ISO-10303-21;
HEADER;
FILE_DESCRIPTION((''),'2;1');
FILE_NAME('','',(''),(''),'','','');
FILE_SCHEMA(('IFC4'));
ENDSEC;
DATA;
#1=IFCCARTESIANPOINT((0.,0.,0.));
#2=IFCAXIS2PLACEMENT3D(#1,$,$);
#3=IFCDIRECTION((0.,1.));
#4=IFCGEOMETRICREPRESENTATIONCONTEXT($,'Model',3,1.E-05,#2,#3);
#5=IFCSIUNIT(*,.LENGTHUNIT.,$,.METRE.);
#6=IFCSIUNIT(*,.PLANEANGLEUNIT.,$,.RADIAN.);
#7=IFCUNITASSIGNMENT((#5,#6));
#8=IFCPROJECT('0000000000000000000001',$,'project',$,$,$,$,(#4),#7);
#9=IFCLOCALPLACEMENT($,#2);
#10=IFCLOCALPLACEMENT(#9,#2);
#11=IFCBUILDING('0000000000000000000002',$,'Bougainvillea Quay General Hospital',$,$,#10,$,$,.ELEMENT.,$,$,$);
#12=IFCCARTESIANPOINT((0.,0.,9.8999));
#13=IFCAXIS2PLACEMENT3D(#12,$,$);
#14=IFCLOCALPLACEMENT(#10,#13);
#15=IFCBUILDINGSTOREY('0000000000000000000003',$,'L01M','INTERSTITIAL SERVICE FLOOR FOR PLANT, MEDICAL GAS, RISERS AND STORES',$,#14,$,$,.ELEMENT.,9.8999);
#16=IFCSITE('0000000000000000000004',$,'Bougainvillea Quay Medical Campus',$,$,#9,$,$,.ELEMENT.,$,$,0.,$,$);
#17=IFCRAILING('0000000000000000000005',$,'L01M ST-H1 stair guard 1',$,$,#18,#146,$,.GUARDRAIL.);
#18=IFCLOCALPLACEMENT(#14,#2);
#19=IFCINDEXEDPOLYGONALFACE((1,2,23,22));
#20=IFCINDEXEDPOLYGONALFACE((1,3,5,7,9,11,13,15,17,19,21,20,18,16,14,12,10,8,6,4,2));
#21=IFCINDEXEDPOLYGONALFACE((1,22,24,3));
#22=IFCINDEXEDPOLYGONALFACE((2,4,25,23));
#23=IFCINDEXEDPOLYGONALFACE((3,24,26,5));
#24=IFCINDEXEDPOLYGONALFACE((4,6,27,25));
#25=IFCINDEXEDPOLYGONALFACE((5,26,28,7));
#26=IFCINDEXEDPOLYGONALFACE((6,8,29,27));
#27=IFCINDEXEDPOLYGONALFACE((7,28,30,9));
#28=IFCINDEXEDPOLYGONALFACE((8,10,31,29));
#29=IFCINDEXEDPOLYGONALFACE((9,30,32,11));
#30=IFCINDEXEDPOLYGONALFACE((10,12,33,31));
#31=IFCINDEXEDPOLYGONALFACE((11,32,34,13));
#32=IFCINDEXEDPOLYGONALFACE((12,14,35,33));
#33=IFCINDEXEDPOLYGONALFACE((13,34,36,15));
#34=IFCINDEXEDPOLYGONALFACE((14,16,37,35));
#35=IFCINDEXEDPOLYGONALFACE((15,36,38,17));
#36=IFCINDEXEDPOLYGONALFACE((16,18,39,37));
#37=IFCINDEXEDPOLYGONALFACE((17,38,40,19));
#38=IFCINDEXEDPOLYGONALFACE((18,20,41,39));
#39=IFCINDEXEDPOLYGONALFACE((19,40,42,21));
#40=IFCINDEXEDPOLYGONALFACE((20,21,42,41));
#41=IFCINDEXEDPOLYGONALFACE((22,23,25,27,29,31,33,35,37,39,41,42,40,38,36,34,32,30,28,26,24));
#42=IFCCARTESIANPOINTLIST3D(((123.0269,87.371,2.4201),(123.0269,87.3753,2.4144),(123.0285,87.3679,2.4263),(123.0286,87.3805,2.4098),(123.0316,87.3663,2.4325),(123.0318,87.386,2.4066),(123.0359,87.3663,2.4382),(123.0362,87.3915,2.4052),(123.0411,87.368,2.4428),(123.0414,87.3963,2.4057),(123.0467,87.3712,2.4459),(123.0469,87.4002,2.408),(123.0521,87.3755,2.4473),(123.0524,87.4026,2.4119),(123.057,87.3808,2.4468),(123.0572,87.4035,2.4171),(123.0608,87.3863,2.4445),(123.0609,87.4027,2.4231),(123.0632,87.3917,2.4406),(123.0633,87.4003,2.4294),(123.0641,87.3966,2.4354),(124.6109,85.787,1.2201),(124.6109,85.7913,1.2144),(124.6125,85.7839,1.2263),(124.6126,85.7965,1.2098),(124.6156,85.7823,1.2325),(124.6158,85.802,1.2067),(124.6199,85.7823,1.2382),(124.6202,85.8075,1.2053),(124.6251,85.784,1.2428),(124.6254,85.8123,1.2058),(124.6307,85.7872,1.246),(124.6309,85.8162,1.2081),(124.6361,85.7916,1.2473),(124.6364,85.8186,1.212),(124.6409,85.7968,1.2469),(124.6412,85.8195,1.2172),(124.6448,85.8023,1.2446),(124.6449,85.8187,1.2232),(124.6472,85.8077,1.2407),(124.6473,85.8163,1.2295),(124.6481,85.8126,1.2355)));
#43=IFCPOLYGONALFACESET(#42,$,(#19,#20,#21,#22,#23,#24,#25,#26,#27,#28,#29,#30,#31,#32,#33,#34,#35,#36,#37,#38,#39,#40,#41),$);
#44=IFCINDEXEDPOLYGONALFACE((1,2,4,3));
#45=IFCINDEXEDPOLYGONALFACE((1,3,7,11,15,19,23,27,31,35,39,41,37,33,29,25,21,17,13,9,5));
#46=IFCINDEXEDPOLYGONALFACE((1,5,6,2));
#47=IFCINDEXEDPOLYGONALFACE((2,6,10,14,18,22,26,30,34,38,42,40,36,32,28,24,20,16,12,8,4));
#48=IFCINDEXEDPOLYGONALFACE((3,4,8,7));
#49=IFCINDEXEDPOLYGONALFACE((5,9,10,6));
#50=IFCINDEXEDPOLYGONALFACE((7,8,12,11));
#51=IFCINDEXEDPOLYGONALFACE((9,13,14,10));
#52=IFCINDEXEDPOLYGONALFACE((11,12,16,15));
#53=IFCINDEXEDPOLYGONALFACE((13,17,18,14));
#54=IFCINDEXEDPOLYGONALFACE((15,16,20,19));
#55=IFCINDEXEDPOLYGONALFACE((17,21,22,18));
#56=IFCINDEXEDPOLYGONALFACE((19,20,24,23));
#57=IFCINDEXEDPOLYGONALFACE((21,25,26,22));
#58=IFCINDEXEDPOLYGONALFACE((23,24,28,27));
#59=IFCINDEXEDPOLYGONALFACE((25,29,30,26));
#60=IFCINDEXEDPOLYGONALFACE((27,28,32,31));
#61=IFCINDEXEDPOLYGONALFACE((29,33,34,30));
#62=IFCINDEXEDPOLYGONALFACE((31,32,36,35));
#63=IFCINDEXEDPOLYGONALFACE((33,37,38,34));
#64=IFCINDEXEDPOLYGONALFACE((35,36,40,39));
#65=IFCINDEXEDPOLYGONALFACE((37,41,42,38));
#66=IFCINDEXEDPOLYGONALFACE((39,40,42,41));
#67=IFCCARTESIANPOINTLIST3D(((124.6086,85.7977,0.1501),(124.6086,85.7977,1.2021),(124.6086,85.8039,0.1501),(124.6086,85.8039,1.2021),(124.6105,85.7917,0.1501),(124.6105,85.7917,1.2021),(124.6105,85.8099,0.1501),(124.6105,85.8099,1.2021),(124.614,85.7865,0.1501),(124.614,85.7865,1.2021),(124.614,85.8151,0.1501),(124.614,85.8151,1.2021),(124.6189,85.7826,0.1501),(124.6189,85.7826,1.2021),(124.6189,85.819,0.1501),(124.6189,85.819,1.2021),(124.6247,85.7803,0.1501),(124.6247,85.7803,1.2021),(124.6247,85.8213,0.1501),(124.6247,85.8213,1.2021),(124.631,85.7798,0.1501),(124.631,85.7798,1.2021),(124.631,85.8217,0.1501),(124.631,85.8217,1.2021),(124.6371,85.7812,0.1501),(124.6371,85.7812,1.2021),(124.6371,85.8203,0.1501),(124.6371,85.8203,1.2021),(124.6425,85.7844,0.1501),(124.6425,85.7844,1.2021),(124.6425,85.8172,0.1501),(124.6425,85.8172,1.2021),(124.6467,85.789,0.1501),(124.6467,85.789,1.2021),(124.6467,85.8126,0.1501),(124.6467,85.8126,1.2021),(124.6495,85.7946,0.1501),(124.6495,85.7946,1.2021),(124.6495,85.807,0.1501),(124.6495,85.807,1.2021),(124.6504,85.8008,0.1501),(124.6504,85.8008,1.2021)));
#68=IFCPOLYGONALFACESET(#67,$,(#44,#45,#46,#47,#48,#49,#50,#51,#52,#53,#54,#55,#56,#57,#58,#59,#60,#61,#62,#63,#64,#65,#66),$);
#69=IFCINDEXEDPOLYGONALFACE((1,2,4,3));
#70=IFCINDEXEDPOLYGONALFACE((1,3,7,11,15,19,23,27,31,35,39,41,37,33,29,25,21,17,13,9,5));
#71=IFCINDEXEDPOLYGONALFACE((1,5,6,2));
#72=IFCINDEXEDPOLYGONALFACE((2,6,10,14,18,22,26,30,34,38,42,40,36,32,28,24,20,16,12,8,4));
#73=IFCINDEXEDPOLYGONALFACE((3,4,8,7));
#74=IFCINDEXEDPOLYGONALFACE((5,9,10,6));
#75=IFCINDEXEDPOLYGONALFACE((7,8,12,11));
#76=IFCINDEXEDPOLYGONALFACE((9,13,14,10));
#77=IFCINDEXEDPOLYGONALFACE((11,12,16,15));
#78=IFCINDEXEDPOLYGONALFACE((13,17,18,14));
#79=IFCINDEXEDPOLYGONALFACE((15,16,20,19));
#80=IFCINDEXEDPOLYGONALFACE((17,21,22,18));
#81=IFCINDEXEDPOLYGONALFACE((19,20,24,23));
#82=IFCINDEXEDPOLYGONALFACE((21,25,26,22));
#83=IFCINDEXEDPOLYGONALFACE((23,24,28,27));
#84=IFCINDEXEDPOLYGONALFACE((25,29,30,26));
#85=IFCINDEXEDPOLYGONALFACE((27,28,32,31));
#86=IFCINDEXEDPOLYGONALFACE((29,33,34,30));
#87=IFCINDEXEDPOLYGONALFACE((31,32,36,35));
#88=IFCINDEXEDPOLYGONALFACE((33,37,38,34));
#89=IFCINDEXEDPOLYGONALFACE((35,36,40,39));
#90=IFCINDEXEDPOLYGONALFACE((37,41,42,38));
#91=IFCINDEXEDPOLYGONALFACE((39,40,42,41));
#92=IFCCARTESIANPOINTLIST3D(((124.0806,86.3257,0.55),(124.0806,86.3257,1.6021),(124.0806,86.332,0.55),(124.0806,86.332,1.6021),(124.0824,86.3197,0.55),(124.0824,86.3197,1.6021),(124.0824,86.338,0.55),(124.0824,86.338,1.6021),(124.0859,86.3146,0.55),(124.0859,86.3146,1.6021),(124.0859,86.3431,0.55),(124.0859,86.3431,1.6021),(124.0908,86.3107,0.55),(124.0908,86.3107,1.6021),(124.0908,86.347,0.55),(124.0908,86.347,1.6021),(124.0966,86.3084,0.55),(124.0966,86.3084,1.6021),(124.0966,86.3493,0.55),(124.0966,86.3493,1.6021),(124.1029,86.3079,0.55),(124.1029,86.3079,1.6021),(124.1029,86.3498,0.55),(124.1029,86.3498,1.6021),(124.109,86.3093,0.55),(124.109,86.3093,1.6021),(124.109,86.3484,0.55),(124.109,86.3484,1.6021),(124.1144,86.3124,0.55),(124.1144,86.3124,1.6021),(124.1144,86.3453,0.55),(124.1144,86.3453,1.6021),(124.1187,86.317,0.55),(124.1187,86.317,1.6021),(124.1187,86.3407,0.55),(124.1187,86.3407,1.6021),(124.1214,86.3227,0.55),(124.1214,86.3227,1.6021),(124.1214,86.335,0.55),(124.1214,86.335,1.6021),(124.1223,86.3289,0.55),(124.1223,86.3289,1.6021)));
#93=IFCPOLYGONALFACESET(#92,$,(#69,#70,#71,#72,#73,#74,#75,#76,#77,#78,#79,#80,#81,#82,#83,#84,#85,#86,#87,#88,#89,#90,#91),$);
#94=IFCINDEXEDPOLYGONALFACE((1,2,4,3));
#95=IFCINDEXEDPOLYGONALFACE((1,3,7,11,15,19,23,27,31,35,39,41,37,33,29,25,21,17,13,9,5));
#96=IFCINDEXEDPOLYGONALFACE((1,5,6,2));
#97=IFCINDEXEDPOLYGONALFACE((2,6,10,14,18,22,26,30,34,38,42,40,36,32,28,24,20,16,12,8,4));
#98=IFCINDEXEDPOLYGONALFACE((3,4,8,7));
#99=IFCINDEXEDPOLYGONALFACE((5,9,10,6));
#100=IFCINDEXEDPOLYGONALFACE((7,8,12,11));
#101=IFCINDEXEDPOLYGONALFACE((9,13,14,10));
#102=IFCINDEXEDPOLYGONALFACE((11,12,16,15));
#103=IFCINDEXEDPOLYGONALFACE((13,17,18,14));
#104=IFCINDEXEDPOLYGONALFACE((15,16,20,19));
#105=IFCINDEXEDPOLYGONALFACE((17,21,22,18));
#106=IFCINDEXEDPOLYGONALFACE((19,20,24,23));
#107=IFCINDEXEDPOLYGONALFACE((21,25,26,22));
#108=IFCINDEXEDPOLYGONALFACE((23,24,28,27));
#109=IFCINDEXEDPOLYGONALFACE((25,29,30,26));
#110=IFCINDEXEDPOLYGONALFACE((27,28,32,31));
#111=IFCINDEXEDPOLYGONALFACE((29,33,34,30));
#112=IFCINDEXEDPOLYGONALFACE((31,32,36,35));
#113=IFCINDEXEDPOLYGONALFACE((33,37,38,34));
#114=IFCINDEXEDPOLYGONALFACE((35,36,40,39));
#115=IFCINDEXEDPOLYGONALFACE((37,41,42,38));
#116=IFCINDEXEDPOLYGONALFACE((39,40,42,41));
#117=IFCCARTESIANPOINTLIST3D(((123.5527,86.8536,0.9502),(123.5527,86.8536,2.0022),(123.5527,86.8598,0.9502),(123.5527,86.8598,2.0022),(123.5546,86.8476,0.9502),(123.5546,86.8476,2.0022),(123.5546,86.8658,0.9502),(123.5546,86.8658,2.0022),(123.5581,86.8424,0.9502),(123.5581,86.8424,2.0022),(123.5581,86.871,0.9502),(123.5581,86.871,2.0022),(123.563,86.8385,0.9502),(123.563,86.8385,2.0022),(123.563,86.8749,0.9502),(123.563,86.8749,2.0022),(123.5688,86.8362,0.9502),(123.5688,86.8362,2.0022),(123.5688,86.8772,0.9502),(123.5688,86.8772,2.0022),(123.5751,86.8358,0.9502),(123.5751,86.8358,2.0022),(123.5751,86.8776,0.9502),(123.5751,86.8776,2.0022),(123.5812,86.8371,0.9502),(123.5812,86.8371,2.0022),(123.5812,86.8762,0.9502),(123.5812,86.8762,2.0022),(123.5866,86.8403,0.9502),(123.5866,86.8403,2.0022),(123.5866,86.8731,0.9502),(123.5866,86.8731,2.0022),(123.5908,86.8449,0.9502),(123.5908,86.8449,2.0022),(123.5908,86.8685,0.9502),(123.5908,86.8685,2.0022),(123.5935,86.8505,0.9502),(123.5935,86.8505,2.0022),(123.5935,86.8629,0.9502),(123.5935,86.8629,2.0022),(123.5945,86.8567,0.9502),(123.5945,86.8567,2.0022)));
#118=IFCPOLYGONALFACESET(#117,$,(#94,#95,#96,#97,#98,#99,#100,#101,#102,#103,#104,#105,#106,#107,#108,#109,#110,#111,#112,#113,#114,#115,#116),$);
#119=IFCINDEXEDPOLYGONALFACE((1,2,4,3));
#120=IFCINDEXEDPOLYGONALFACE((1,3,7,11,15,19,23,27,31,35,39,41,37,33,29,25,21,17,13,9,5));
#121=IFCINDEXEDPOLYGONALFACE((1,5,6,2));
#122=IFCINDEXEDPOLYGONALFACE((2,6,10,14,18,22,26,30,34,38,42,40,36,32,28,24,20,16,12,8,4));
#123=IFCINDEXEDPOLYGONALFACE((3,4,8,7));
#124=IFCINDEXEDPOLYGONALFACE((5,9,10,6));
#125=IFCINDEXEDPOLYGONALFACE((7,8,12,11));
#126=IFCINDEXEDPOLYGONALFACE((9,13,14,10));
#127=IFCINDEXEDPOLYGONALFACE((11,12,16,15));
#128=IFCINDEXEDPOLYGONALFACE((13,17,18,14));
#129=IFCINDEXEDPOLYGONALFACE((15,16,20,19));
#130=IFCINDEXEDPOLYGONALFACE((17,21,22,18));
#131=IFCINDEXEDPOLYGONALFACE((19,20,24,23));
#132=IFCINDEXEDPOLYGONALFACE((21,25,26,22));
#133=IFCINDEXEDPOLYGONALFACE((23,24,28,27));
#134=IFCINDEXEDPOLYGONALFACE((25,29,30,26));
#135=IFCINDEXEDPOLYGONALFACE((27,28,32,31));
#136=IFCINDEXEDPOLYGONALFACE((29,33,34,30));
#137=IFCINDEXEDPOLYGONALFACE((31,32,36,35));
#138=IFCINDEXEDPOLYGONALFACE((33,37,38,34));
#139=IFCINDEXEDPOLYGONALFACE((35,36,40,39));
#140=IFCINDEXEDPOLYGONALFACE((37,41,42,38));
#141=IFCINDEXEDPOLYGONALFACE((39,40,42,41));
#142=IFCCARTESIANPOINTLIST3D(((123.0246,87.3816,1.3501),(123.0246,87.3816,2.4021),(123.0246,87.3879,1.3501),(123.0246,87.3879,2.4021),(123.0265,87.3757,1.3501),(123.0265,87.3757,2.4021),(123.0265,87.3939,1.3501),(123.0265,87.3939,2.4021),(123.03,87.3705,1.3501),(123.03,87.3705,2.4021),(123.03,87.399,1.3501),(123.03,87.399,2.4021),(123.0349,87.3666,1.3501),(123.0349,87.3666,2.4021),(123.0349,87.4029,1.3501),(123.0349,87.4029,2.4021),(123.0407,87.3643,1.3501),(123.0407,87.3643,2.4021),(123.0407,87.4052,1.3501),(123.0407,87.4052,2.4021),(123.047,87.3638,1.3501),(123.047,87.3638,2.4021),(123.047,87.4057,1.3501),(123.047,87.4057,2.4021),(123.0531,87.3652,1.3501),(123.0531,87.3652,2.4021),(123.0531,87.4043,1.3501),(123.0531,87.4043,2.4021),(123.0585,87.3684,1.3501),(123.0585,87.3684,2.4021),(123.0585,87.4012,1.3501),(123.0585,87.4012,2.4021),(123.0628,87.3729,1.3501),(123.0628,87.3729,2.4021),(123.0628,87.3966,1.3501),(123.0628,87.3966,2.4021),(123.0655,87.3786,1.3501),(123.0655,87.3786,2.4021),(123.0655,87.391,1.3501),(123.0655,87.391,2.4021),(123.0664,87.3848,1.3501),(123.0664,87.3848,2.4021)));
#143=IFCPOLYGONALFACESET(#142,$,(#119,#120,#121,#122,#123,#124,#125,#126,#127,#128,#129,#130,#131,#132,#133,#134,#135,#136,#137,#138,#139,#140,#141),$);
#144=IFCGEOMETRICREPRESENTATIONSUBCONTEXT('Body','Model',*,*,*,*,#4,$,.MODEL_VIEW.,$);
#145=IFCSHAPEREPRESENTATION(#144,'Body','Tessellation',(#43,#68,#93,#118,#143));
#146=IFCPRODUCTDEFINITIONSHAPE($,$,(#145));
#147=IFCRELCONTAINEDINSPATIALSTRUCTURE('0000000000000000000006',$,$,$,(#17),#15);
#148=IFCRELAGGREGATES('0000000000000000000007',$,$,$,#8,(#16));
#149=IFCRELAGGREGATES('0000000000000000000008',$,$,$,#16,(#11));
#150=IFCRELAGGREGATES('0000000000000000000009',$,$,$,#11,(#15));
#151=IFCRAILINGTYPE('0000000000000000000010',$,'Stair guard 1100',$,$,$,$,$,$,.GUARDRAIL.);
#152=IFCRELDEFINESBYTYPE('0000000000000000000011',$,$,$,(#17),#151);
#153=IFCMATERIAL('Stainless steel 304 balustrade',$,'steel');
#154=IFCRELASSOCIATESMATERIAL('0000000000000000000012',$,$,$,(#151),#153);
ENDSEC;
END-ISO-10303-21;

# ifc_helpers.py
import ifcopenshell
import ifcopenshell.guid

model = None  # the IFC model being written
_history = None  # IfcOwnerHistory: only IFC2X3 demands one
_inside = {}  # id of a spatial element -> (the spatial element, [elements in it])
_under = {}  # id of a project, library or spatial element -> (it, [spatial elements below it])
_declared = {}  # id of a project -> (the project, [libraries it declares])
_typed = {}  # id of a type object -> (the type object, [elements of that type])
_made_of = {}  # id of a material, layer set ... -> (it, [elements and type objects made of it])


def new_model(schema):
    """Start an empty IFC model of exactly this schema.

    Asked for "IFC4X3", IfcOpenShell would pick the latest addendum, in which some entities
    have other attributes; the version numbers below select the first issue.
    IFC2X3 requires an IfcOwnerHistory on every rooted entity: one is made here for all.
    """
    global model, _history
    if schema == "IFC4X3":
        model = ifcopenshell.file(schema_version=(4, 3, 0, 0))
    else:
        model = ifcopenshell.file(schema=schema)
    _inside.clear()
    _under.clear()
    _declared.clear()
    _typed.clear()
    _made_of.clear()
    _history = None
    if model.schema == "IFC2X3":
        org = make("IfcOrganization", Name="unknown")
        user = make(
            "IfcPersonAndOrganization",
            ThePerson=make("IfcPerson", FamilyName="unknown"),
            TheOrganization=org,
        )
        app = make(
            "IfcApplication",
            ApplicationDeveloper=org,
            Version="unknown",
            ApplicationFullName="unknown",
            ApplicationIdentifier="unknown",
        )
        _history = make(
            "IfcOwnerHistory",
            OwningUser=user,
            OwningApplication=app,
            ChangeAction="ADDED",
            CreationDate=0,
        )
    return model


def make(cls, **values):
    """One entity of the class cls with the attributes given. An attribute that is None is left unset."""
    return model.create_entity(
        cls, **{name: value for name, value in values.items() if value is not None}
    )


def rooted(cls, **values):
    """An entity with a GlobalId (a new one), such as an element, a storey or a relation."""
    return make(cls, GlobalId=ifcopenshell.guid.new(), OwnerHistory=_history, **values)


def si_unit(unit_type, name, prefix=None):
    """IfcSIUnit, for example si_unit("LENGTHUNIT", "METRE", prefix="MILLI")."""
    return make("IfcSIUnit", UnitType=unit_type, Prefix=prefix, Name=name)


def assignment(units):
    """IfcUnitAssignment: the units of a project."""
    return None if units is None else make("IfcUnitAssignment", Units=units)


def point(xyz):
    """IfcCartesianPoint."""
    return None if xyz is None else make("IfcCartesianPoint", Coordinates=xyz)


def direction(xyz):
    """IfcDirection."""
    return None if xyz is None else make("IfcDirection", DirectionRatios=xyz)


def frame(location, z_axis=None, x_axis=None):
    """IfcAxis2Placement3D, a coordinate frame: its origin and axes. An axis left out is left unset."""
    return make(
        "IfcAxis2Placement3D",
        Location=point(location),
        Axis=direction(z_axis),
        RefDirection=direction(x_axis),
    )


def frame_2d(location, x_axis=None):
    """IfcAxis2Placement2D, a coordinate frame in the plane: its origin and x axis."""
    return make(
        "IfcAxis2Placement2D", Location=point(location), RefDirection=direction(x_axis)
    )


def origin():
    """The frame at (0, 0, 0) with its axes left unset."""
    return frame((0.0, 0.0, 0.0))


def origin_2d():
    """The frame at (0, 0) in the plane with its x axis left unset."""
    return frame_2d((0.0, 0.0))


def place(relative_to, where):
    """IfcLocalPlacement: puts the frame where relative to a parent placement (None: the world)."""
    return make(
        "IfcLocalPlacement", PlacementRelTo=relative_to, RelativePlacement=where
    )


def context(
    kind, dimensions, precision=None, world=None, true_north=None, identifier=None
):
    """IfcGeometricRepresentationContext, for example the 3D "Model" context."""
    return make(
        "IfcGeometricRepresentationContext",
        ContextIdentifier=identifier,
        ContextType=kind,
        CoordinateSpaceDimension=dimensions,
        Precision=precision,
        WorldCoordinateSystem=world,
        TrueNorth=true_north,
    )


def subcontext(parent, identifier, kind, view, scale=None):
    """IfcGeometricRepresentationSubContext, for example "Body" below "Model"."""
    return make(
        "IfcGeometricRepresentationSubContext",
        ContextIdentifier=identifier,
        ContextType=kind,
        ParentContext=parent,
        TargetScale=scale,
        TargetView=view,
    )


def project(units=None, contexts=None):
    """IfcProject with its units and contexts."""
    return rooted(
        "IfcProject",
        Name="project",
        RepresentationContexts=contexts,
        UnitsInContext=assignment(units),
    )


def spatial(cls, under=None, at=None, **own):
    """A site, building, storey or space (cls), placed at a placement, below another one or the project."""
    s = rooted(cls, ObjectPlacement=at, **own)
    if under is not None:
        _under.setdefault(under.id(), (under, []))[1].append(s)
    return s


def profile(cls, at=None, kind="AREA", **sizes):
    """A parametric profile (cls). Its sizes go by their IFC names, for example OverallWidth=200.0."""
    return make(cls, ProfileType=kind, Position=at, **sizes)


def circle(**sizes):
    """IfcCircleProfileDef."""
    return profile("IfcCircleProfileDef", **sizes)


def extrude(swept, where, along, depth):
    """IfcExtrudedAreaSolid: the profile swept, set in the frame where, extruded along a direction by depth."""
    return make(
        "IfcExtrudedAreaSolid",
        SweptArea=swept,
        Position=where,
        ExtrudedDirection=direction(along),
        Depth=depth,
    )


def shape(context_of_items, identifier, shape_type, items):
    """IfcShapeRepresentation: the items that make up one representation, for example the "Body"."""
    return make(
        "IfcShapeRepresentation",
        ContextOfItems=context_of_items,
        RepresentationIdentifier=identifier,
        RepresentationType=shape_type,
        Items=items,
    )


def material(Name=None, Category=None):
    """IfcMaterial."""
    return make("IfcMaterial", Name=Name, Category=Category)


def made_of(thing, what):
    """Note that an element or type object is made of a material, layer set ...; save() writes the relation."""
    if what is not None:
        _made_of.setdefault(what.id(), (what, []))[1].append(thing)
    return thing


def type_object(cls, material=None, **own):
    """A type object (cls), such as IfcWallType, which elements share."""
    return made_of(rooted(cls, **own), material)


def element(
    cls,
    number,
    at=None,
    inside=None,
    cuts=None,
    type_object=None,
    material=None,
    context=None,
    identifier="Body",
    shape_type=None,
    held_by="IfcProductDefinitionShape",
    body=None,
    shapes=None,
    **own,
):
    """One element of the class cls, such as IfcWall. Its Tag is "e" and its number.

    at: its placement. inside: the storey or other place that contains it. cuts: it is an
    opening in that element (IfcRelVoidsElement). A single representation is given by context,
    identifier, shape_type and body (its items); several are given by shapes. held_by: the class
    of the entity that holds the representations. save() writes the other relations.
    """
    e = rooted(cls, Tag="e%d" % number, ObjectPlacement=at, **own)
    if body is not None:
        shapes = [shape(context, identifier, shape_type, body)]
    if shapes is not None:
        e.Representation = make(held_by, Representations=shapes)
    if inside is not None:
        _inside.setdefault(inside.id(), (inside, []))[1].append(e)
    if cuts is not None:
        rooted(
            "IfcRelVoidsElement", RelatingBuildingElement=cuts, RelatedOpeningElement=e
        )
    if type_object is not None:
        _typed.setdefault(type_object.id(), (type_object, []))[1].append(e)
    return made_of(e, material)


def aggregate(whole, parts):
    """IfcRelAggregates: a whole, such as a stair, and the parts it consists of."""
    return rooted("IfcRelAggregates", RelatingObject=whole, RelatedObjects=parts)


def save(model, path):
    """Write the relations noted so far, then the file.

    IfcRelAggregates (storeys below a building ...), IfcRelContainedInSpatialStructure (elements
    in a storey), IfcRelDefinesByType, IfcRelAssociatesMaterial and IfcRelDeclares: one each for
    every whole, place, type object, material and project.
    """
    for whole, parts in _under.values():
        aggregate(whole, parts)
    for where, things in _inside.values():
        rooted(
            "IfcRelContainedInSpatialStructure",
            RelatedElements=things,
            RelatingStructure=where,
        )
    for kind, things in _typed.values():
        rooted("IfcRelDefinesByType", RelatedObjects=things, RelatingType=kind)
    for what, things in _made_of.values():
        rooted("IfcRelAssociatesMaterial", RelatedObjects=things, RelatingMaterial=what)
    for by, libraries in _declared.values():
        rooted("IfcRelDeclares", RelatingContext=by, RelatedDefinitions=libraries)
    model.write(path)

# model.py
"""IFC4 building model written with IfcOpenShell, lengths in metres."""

from ifc_helpers import new_model, si_unit, direction, frame, origin, origin_2d, place, context, subcontext, project, spatial, circle, extrude, material, type_object, element, save


model = new_model("IFC4")

# Units and contexts
model_context = context("Model", 3, precision=1e-05, world=origin(), true_north=direction((0.0, 1.0)))
body_context = subcontext(model_context, "Body", "Model", "MODEL_VIEW")
ifc_project = project(units=[si_unit("LENGTHUNIT", "METRE"), si_unit("PLANEANGLEUNIT", "RADIAN")], contexts=[model_context])

# Site, building, storey
site_placement = place(None, origin())
site = spatial("IfcSite", under=ifc_project, at=site_placement, Name="Bougainvillea Quay Medical Campus", CompositionType="ELEMENT", RefElevation=0.0)
building_placement = place(site_placement, origin())
building = spatial("IfcBuilding", under=site, at=building_placement, Name="Bougainvillea Quay General Hospital", CompositionType="ELEMENT")
storey_placement = place(building_placement, frame((0.0, 0.0, 9.8999)))
storey = spatial("IfcBuildingStorey", under=building, at=storey_placement, Name="L01M", Description="INTERSTITIAL SERVICE FLOOR FOR PLANT, MEDICAL GAS, RISERS AND STORES", CompositionType="ELEMENT", Elevation=9.8999)

# Railing
ifc_material_1 = material(Name="Stainless steel 304 balustrade", Category="steel")
railing_type_1 = type_object("IfcRailingType", Name="Stair guard 1100", PredefinedType="GUARDRAIL", material=ifc_material_1)
railing_1_placement = place(storey_placement, frame((124.6294, 85.8008, 0.1501)))
element("IfcRailing", 1, at=railing_1_placement, inside=storey, type_object=railing_type_1, Name="L01M ST-H1 stair guard 1", PredefinedType="GUARDRAIL", context=body_context, shape_type="SweptSolid", body=[
    extrude(circle(Radius=0.0239, at=origin_2d()), frame((0.0, 0.0, 1.0762), z_axis=(-0.623312, 0.623312, 0.472191), x_axis=(-0.707107, -0.707107, 0.0)), (0.0, 0.0, 1.0), 2.5413),
    extrude(circle(Radius=0.021, at=origin_2d()), origin(), (0.0, 0.0, 1.0), 1.052),
    extrude(circle(Radius=0.021, at=origin_2d()), frame((-0.5281, 0.5281, 0.3999)), (0.0, 0.0, 1.0), 1.052),
    extrude(circle(Radius=0.021, at=origin_2d()), frame((-1.0559, 1.0559, 0.8)), (0.0, 0.0, 1.0), 1.052),
    extrude(circle(Radius=0.021, at=origin_2d()), frame((-1.584, 1.584, 1.2)), (0.0, 0.0, 1.0), 1.052),
])

save(model, "model.ifc")
